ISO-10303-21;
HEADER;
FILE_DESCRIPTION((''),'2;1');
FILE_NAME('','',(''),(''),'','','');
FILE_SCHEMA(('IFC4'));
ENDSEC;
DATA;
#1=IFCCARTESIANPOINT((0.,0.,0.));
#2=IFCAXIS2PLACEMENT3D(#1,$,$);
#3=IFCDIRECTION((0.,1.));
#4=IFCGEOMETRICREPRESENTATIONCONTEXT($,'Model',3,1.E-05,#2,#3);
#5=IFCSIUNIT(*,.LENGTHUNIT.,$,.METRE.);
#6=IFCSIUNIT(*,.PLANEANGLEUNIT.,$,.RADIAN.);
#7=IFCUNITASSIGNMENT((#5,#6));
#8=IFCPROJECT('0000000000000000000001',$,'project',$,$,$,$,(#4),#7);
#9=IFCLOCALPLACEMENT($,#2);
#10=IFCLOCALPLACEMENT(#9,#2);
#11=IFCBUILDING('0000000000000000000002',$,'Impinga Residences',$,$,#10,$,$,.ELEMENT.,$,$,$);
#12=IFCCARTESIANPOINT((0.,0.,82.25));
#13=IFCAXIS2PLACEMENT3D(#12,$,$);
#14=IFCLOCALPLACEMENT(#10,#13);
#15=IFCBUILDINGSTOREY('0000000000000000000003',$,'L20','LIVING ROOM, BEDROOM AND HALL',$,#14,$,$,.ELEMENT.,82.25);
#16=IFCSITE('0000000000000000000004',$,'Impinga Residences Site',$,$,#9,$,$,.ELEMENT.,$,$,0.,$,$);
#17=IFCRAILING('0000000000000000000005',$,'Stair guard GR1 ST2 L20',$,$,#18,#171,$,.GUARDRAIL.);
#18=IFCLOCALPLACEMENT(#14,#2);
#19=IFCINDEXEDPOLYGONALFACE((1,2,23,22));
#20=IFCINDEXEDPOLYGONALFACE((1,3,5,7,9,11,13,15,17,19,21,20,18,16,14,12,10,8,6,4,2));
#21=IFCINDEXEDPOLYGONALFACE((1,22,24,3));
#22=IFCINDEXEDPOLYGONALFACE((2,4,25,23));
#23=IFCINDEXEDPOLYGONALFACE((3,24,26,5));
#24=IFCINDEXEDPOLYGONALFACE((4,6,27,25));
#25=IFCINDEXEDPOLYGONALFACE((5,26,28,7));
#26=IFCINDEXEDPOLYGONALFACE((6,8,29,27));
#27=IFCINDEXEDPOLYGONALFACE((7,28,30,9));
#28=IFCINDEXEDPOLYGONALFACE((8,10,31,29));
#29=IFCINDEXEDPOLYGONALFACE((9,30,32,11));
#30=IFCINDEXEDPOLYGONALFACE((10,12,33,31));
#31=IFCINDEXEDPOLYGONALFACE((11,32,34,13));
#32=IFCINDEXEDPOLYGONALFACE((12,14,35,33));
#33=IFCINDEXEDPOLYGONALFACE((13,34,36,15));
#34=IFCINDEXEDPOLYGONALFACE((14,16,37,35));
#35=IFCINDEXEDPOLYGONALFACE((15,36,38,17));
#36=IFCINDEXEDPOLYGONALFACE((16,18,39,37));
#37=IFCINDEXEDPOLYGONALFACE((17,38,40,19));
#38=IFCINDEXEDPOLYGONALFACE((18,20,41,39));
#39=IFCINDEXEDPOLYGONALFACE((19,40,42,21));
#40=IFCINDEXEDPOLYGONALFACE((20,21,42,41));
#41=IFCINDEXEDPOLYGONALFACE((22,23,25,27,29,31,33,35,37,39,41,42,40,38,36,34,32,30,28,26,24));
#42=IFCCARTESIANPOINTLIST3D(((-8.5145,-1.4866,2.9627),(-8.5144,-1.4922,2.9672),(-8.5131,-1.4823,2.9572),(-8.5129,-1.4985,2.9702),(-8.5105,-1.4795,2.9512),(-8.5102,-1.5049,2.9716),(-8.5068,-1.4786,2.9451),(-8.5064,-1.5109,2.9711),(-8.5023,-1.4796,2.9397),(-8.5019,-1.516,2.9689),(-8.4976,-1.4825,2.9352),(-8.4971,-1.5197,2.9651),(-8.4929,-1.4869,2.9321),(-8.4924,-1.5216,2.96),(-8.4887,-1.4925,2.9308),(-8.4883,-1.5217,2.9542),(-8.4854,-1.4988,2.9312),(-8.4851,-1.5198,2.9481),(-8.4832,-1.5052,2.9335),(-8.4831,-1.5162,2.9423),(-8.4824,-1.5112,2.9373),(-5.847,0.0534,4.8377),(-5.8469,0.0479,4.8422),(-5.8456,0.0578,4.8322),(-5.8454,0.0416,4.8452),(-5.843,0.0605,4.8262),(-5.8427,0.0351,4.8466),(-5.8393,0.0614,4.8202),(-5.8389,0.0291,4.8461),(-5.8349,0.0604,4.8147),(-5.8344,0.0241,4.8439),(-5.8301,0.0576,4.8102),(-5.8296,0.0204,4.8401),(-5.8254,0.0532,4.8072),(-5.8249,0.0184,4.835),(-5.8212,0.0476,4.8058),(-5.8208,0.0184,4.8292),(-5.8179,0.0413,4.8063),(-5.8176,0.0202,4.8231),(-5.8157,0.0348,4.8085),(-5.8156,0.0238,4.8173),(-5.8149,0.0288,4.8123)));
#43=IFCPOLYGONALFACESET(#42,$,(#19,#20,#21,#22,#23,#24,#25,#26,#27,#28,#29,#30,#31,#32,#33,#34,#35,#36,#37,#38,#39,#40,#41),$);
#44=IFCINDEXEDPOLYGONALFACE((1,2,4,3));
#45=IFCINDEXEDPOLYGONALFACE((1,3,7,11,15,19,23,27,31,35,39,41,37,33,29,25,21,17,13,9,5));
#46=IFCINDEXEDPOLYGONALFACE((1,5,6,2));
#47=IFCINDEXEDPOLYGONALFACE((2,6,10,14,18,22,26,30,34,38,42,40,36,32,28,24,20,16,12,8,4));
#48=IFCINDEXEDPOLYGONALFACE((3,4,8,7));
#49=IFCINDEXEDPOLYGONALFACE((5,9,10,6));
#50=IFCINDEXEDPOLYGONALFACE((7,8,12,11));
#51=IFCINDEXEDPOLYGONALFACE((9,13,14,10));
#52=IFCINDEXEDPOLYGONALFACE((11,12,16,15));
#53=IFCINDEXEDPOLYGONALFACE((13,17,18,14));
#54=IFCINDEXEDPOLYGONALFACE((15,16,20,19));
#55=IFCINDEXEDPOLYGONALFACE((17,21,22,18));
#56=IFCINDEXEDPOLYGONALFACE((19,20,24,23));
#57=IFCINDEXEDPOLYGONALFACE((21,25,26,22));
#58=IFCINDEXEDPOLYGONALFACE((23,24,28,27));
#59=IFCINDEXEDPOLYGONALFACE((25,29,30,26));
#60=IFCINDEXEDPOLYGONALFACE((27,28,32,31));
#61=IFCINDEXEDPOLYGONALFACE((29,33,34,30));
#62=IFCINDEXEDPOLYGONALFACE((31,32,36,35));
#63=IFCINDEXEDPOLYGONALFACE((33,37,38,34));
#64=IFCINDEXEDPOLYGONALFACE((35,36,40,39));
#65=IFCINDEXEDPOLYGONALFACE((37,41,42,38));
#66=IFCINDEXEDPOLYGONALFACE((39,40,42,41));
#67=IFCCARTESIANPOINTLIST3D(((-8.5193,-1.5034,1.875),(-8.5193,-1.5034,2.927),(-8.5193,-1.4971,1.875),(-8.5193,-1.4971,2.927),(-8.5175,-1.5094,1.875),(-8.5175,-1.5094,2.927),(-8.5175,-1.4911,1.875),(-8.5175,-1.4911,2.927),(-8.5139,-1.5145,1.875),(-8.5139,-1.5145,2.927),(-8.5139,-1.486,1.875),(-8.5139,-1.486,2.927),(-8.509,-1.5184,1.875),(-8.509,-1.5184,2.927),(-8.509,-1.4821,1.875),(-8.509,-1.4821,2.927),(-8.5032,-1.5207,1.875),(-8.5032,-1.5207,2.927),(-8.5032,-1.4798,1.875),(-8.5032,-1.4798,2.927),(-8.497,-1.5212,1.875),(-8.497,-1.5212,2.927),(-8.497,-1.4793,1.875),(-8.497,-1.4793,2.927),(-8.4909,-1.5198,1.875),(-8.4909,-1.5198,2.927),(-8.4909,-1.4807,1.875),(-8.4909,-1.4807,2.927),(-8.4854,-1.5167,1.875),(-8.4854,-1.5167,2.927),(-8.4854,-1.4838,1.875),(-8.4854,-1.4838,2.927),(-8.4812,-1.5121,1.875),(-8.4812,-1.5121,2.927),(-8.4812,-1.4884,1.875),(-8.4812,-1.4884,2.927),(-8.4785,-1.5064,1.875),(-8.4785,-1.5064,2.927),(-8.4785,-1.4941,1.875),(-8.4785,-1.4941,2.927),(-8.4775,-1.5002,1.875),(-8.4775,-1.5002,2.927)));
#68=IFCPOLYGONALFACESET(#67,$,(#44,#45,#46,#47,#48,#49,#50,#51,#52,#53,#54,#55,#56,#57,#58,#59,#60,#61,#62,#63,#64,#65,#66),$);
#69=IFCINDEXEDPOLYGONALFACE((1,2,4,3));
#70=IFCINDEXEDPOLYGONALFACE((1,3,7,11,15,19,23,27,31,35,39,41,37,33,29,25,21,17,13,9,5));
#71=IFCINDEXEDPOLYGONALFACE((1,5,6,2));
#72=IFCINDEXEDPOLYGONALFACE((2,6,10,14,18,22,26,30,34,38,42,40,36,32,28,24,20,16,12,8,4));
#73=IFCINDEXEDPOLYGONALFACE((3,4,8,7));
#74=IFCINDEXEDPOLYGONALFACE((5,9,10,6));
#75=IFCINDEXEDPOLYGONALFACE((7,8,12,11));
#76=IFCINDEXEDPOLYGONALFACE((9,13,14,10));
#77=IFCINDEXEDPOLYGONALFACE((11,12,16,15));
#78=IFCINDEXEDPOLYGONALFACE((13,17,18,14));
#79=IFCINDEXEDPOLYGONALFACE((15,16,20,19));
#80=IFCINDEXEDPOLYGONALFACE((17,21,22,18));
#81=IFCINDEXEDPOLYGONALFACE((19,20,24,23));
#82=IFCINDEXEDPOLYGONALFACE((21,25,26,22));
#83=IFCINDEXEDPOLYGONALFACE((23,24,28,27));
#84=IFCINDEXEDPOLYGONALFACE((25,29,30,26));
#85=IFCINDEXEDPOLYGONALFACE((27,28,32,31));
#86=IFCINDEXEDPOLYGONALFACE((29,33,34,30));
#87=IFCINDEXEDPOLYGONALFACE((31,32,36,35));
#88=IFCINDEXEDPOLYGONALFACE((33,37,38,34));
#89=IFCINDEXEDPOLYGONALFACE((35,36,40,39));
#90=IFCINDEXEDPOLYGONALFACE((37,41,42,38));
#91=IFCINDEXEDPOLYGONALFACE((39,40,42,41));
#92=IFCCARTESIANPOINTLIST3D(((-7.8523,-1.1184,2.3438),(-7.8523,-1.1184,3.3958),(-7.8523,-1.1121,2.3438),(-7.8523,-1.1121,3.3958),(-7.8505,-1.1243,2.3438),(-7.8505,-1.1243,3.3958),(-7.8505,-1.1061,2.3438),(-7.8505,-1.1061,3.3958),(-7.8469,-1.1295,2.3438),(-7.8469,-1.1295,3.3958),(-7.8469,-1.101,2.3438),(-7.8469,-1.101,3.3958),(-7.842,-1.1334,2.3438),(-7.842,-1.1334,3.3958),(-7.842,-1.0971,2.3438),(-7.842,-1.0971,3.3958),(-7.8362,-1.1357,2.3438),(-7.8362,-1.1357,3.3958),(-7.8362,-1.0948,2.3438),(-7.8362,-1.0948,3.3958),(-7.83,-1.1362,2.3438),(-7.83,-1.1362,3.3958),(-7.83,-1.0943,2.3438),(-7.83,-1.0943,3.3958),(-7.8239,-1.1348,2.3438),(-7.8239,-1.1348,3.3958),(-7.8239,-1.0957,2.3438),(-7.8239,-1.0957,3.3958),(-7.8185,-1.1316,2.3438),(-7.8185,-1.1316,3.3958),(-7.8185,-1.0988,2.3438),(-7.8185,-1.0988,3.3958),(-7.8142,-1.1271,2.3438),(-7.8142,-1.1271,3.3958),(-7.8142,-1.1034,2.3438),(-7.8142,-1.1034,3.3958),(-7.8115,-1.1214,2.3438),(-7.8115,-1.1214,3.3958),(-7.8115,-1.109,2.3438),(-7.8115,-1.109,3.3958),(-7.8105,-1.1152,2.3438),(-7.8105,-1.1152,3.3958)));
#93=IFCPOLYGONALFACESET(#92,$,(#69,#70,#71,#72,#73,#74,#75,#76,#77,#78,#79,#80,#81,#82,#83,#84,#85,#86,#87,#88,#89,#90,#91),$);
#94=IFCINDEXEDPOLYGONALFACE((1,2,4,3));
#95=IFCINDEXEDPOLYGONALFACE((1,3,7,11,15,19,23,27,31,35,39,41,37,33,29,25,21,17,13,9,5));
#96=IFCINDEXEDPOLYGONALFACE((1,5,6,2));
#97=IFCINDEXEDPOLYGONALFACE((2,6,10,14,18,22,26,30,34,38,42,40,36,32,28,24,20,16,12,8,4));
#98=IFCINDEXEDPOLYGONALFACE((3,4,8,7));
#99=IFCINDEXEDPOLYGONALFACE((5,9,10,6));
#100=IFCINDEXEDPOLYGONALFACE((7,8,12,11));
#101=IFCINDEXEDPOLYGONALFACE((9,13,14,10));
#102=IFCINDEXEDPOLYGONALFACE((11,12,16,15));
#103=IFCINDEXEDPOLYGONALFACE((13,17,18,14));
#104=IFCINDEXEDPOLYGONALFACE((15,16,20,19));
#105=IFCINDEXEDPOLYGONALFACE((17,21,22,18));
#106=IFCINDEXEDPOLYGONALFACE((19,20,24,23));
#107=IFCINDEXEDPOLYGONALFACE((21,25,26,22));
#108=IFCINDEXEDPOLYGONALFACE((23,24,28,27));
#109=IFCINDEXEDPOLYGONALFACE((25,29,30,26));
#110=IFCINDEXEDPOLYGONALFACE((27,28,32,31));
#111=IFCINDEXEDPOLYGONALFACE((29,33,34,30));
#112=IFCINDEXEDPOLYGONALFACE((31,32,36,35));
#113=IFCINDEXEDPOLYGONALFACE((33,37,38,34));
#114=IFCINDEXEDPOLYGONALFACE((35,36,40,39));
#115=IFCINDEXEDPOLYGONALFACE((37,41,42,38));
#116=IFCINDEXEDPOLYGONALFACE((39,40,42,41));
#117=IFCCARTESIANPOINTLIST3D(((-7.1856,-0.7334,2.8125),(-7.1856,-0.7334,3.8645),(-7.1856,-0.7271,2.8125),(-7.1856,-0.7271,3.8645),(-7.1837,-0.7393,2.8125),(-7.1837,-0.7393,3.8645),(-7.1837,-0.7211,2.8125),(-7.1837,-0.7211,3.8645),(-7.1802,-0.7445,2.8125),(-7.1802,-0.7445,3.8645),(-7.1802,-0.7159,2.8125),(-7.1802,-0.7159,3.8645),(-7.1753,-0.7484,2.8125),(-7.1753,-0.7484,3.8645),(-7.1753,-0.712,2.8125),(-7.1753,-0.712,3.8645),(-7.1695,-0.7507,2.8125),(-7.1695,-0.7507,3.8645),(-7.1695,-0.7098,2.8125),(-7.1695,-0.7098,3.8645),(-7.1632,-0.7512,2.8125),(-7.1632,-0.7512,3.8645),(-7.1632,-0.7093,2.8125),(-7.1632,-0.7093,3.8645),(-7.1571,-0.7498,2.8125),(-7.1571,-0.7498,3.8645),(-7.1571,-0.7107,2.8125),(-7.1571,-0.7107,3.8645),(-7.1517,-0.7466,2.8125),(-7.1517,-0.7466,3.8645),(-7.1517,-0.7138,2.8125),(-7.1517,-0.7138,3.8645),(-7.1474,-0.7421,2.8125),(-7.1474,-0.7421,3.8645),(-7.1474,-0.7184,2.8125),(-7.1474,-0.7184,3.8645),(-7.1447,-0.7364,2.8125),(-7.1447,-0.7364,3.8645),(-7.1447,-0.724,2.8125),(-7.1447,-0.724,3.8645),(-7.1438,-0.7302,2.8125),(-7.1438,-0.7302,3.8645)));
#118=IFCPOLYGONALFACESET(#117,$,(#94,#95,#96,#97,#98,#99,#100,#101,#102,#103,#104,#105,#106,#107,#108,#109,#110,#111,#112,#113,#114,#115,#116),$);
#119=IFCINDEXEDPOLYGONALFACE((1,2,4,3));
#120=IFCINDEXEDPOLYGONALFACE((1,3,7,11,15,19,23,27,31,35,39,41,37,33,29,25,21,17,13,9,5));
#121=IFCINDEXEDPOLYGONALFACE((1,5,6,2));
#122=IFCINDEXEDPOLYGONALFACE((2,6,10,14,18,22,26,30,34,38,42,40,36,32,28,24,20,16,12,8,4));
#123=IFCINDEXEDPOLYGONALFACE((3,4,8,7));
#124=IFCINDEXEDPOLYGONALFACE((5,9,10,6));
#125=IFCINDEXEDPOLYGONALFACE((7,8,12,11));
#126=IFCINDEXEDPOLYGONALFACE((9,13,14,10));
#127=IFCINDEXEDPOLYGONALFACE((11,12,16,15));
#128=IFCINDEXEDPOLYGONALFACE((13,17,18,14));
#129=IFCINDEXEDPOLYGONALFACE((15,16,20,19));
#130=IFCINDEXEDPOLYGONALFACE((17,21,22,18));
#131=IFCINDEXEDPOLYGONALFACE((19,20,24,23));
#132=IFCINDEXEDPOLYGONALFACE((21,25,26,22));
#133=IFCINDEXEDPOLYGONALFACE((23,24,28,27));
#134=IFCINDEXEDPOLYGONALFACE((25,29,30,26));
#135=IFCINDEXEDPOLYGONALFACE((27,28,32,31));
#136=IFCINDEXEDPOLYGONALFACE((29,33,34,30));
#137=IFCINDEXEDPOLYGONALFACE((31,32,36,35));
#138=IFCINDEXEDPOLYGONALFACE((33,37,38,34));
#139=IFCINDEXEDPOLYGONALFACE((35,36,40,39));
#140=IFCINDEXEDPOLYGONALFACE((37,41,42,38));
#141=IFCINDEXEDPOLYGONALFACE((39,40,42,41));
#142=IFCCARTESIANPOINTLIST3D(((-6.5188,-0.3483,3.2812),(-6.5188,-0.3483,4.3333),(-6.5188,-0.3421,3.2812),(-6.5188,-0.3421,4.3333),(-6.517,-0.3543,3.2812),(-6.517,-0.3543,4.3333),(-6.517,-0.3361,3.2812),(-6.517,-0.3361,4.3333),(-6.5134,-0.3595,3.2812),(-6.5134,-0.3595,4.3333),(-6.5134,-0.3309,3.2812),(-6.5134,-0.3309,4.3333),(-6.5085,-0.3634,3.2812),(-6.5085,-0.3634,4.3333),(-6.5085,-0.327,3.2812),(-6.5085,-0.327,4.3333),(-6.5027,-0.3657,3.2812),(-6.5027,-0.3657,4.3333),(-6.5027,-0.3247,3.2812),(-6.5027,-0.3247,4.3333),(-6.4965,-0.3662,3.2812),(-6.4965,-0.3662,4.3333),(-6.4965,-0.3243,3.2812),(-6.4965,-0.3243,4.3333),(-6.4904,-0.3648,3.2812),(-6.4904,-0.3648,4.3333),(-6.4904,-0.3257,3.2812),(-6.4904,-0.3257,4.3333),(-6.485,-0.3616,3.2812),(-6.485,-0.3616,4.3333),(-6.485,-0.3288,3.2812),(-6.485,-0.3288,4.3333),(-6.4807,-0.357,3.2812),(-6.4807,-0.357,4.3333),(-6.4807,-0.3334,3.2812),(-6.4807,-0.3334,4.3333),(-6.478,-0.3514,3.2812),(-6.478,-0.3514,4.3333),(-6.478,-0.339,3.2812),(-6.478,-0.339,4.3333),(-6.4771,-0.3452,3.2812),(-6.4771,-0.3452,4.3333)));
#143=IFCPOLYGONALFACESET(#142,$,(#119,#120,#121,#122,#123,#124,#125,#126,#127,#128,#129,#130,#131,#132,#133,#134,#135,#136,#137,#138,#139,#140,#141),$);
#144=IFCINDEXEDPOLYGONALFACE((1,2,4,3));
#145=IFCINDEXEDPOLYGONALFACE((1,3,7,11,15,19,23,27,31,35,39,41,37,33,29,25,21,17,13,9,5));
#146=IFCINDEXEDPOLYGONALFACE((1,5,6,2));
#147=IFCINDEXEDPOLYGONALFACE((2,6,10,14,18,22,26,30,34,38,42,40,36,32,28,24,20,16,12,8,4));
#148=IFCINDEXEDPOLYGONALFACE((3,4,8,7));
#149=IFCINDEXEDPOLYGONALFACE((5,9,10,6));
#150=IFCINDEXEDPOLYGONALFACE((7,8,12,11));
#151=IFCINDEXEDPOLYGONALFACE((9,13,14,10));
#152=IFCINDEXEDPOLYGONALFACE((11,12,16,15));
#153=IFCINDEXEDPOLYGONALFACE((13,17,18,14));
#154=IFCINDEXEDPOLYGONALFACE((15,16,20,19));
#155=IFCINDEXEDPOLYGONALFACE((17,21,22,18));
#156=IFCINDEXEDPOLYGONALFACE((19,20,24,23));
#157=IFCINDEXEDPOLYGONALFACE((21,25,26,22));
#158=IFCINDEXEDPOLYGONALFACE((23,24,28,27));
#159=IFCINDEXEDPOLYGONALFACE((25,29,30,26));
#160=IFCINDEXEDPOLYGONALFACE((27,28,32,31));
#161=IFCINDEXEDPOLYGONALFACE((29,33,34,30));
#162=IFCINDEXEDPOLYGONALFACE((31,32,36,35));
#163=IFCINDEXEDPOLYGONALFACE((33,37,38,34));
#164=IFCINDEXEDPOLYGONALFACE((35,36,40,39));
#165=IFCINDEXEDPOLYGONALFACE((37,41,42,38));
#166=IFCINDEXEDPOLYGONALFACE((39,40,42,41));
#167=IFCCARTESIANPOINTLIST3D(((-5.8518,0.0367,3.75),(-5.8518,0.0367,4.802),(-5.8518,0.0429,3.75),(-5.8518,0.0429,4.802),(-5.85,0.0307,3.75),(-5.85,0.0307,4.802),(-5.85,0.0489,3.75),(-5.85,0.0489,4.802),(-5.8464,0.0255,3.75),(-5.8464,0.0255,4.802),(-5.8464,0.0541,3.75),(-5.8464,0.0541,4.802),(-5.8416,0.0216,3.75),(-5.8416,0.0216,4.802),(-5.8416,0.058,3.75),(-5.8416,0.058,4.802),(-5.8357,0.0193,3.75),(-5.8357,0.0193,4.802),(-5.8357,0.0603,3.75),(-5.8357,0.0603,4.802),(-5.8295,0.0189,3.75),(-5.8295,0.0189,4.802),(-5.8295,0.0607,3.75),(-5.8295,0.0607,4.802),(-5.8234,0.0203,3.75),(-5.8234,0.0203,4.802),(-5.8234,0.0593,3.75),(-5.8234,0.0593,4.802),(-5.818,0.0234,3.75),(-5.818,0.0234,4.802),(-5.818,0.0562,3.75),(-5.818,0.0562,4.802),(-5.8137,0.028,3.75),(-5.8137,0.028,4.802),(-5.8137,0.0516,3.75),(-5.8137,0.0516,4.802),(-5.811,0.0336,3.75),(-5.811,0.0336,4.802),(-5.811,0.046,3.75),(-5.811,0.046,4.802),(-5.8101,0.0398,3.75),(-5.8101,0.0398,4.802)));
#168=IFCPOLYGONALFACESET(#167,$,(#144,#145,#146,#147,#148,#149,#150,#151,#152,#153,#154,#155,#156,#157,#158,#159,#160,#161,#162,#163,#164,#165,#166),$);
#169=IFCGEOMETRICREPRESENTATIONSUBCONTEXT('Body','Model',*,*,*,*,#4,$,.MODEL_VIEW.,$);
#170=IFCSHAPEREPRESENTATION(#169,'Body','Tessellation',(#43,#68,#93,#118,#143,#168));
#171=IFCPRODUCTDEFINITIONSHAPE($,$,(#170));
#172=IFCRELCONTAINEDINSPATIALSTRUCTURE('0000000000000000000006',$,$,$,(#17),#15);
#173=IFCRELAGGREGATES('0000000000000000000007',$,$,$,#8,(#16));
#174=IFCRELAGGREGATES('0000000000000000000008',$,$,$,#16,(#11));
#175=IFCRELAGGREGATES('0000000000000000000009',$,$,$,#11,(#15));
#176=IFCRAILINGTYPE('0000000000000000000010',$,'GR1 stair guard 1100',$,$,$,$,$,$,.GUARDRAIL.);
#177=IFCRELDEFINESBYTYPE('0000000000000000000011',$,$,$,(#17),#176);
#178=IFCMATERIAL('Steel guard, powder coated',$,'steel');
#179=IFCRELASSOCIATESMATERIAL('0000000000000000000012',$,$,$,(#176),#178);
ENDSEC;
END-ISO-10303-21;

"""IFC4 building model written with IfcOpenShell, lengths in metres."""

from ifc_helpers import new_model, si_unit, direction, frame, origin, origin_2d, place, context, subcontext, project, spatial, circle, extrude, material, type_object, element, save


model = new_model("IFC4")

# Units and contexts
model_context = context("Model", 3, precision=1e-05, world=origin(), true_north=direction((0.0, 1.0)))
body_context = subcontext(model_context, "Body", "Model", "MODEL_VIEW")
ifc_project = project(units=[si_unit("LENGTHUNIT", "METRE"), si_unit("PLANEANGLEUNIT", "RADIAN")], contexts=[model_context])

# Site, building, storey
site_placement = place(None, origin())
site = spatial("IfcSite", under=ifc_project, at=site_placement, Name="Impinga Residences Site", CompositionType="ELEMENT", RefElevation=0.0)
building_placement = place(site_placement, origin())
building = spatial("IfcBuilding", under=site, at=building_placement, Name="Impinga Residences", CompositionType="ELEMENT")
storey_placement = place(building_placement, frame((0.0, 0.0, 82.25)))
storey = spatial("IfcBuildingStorey", under=building, at=storey_placement, Name="L20", Description="LIVING ROOM, BEDROOM AND HALL", CompositionType="ELEMENT", Elevation=82.25)

# Railing
ifc_material_1 = material(Name="Steel guard, powder coated", Category="steel")
railing_type = type_object("IfcRailingType", Name="GR1 stair guard 1100", PredefinedType="GUARDRAIL", material=ifc_material_1)
railing_placement = place(storey_placement, frame((-8.4985, -1.5002, 1.875)))
element("IfcRailing", 1, at=railing_placement, inside=storey, type_object=railing_type, Name="Stair guard GR1 ST2 L20", PredefinedType="GUARDRAIL", context=body_context, shape_type="SweptSolid", body=[
    extrude(circle(Radius=0.0239, at=origin_2d()), frame((0.0, 0.0, 1.0762), z_axis=(0.739746, 0.427084, 0.519975), x_axis=(-0.499992, 0.86603, 0.0)), (0.0, 0.0, 1.0), 3.606),
    extrude(circle(Radius=0.021, at=origin_2d()), origin(), (0.0, 0.0, 1.0), 1.052),
    extrude(circle(Radius=0.021, at=origin_2d()), frame((0.667, 0.385, 0.4688)), (0.0, 0.0, 1.0), 1.052),
    extrude(circle(Radius=0.021, at=origin_2d()), frame((1.3337, 0.77, 0.9375)), (0.0, 0.0, 1.0), 1.052),
    extrude(circle(Radius=0.021, at=origin_2d()), frame((2.0005, 1.155, 1.4062)), (0.0, 0.0, 1.0), 1.052),
    extrude(circle(Radius=0.021, at=origin_2d()), frame((2.6675, 1.54, 1.875)), (0.0, 0.0, 1.0), 1.052),
])

save(model, "model.ifc")
